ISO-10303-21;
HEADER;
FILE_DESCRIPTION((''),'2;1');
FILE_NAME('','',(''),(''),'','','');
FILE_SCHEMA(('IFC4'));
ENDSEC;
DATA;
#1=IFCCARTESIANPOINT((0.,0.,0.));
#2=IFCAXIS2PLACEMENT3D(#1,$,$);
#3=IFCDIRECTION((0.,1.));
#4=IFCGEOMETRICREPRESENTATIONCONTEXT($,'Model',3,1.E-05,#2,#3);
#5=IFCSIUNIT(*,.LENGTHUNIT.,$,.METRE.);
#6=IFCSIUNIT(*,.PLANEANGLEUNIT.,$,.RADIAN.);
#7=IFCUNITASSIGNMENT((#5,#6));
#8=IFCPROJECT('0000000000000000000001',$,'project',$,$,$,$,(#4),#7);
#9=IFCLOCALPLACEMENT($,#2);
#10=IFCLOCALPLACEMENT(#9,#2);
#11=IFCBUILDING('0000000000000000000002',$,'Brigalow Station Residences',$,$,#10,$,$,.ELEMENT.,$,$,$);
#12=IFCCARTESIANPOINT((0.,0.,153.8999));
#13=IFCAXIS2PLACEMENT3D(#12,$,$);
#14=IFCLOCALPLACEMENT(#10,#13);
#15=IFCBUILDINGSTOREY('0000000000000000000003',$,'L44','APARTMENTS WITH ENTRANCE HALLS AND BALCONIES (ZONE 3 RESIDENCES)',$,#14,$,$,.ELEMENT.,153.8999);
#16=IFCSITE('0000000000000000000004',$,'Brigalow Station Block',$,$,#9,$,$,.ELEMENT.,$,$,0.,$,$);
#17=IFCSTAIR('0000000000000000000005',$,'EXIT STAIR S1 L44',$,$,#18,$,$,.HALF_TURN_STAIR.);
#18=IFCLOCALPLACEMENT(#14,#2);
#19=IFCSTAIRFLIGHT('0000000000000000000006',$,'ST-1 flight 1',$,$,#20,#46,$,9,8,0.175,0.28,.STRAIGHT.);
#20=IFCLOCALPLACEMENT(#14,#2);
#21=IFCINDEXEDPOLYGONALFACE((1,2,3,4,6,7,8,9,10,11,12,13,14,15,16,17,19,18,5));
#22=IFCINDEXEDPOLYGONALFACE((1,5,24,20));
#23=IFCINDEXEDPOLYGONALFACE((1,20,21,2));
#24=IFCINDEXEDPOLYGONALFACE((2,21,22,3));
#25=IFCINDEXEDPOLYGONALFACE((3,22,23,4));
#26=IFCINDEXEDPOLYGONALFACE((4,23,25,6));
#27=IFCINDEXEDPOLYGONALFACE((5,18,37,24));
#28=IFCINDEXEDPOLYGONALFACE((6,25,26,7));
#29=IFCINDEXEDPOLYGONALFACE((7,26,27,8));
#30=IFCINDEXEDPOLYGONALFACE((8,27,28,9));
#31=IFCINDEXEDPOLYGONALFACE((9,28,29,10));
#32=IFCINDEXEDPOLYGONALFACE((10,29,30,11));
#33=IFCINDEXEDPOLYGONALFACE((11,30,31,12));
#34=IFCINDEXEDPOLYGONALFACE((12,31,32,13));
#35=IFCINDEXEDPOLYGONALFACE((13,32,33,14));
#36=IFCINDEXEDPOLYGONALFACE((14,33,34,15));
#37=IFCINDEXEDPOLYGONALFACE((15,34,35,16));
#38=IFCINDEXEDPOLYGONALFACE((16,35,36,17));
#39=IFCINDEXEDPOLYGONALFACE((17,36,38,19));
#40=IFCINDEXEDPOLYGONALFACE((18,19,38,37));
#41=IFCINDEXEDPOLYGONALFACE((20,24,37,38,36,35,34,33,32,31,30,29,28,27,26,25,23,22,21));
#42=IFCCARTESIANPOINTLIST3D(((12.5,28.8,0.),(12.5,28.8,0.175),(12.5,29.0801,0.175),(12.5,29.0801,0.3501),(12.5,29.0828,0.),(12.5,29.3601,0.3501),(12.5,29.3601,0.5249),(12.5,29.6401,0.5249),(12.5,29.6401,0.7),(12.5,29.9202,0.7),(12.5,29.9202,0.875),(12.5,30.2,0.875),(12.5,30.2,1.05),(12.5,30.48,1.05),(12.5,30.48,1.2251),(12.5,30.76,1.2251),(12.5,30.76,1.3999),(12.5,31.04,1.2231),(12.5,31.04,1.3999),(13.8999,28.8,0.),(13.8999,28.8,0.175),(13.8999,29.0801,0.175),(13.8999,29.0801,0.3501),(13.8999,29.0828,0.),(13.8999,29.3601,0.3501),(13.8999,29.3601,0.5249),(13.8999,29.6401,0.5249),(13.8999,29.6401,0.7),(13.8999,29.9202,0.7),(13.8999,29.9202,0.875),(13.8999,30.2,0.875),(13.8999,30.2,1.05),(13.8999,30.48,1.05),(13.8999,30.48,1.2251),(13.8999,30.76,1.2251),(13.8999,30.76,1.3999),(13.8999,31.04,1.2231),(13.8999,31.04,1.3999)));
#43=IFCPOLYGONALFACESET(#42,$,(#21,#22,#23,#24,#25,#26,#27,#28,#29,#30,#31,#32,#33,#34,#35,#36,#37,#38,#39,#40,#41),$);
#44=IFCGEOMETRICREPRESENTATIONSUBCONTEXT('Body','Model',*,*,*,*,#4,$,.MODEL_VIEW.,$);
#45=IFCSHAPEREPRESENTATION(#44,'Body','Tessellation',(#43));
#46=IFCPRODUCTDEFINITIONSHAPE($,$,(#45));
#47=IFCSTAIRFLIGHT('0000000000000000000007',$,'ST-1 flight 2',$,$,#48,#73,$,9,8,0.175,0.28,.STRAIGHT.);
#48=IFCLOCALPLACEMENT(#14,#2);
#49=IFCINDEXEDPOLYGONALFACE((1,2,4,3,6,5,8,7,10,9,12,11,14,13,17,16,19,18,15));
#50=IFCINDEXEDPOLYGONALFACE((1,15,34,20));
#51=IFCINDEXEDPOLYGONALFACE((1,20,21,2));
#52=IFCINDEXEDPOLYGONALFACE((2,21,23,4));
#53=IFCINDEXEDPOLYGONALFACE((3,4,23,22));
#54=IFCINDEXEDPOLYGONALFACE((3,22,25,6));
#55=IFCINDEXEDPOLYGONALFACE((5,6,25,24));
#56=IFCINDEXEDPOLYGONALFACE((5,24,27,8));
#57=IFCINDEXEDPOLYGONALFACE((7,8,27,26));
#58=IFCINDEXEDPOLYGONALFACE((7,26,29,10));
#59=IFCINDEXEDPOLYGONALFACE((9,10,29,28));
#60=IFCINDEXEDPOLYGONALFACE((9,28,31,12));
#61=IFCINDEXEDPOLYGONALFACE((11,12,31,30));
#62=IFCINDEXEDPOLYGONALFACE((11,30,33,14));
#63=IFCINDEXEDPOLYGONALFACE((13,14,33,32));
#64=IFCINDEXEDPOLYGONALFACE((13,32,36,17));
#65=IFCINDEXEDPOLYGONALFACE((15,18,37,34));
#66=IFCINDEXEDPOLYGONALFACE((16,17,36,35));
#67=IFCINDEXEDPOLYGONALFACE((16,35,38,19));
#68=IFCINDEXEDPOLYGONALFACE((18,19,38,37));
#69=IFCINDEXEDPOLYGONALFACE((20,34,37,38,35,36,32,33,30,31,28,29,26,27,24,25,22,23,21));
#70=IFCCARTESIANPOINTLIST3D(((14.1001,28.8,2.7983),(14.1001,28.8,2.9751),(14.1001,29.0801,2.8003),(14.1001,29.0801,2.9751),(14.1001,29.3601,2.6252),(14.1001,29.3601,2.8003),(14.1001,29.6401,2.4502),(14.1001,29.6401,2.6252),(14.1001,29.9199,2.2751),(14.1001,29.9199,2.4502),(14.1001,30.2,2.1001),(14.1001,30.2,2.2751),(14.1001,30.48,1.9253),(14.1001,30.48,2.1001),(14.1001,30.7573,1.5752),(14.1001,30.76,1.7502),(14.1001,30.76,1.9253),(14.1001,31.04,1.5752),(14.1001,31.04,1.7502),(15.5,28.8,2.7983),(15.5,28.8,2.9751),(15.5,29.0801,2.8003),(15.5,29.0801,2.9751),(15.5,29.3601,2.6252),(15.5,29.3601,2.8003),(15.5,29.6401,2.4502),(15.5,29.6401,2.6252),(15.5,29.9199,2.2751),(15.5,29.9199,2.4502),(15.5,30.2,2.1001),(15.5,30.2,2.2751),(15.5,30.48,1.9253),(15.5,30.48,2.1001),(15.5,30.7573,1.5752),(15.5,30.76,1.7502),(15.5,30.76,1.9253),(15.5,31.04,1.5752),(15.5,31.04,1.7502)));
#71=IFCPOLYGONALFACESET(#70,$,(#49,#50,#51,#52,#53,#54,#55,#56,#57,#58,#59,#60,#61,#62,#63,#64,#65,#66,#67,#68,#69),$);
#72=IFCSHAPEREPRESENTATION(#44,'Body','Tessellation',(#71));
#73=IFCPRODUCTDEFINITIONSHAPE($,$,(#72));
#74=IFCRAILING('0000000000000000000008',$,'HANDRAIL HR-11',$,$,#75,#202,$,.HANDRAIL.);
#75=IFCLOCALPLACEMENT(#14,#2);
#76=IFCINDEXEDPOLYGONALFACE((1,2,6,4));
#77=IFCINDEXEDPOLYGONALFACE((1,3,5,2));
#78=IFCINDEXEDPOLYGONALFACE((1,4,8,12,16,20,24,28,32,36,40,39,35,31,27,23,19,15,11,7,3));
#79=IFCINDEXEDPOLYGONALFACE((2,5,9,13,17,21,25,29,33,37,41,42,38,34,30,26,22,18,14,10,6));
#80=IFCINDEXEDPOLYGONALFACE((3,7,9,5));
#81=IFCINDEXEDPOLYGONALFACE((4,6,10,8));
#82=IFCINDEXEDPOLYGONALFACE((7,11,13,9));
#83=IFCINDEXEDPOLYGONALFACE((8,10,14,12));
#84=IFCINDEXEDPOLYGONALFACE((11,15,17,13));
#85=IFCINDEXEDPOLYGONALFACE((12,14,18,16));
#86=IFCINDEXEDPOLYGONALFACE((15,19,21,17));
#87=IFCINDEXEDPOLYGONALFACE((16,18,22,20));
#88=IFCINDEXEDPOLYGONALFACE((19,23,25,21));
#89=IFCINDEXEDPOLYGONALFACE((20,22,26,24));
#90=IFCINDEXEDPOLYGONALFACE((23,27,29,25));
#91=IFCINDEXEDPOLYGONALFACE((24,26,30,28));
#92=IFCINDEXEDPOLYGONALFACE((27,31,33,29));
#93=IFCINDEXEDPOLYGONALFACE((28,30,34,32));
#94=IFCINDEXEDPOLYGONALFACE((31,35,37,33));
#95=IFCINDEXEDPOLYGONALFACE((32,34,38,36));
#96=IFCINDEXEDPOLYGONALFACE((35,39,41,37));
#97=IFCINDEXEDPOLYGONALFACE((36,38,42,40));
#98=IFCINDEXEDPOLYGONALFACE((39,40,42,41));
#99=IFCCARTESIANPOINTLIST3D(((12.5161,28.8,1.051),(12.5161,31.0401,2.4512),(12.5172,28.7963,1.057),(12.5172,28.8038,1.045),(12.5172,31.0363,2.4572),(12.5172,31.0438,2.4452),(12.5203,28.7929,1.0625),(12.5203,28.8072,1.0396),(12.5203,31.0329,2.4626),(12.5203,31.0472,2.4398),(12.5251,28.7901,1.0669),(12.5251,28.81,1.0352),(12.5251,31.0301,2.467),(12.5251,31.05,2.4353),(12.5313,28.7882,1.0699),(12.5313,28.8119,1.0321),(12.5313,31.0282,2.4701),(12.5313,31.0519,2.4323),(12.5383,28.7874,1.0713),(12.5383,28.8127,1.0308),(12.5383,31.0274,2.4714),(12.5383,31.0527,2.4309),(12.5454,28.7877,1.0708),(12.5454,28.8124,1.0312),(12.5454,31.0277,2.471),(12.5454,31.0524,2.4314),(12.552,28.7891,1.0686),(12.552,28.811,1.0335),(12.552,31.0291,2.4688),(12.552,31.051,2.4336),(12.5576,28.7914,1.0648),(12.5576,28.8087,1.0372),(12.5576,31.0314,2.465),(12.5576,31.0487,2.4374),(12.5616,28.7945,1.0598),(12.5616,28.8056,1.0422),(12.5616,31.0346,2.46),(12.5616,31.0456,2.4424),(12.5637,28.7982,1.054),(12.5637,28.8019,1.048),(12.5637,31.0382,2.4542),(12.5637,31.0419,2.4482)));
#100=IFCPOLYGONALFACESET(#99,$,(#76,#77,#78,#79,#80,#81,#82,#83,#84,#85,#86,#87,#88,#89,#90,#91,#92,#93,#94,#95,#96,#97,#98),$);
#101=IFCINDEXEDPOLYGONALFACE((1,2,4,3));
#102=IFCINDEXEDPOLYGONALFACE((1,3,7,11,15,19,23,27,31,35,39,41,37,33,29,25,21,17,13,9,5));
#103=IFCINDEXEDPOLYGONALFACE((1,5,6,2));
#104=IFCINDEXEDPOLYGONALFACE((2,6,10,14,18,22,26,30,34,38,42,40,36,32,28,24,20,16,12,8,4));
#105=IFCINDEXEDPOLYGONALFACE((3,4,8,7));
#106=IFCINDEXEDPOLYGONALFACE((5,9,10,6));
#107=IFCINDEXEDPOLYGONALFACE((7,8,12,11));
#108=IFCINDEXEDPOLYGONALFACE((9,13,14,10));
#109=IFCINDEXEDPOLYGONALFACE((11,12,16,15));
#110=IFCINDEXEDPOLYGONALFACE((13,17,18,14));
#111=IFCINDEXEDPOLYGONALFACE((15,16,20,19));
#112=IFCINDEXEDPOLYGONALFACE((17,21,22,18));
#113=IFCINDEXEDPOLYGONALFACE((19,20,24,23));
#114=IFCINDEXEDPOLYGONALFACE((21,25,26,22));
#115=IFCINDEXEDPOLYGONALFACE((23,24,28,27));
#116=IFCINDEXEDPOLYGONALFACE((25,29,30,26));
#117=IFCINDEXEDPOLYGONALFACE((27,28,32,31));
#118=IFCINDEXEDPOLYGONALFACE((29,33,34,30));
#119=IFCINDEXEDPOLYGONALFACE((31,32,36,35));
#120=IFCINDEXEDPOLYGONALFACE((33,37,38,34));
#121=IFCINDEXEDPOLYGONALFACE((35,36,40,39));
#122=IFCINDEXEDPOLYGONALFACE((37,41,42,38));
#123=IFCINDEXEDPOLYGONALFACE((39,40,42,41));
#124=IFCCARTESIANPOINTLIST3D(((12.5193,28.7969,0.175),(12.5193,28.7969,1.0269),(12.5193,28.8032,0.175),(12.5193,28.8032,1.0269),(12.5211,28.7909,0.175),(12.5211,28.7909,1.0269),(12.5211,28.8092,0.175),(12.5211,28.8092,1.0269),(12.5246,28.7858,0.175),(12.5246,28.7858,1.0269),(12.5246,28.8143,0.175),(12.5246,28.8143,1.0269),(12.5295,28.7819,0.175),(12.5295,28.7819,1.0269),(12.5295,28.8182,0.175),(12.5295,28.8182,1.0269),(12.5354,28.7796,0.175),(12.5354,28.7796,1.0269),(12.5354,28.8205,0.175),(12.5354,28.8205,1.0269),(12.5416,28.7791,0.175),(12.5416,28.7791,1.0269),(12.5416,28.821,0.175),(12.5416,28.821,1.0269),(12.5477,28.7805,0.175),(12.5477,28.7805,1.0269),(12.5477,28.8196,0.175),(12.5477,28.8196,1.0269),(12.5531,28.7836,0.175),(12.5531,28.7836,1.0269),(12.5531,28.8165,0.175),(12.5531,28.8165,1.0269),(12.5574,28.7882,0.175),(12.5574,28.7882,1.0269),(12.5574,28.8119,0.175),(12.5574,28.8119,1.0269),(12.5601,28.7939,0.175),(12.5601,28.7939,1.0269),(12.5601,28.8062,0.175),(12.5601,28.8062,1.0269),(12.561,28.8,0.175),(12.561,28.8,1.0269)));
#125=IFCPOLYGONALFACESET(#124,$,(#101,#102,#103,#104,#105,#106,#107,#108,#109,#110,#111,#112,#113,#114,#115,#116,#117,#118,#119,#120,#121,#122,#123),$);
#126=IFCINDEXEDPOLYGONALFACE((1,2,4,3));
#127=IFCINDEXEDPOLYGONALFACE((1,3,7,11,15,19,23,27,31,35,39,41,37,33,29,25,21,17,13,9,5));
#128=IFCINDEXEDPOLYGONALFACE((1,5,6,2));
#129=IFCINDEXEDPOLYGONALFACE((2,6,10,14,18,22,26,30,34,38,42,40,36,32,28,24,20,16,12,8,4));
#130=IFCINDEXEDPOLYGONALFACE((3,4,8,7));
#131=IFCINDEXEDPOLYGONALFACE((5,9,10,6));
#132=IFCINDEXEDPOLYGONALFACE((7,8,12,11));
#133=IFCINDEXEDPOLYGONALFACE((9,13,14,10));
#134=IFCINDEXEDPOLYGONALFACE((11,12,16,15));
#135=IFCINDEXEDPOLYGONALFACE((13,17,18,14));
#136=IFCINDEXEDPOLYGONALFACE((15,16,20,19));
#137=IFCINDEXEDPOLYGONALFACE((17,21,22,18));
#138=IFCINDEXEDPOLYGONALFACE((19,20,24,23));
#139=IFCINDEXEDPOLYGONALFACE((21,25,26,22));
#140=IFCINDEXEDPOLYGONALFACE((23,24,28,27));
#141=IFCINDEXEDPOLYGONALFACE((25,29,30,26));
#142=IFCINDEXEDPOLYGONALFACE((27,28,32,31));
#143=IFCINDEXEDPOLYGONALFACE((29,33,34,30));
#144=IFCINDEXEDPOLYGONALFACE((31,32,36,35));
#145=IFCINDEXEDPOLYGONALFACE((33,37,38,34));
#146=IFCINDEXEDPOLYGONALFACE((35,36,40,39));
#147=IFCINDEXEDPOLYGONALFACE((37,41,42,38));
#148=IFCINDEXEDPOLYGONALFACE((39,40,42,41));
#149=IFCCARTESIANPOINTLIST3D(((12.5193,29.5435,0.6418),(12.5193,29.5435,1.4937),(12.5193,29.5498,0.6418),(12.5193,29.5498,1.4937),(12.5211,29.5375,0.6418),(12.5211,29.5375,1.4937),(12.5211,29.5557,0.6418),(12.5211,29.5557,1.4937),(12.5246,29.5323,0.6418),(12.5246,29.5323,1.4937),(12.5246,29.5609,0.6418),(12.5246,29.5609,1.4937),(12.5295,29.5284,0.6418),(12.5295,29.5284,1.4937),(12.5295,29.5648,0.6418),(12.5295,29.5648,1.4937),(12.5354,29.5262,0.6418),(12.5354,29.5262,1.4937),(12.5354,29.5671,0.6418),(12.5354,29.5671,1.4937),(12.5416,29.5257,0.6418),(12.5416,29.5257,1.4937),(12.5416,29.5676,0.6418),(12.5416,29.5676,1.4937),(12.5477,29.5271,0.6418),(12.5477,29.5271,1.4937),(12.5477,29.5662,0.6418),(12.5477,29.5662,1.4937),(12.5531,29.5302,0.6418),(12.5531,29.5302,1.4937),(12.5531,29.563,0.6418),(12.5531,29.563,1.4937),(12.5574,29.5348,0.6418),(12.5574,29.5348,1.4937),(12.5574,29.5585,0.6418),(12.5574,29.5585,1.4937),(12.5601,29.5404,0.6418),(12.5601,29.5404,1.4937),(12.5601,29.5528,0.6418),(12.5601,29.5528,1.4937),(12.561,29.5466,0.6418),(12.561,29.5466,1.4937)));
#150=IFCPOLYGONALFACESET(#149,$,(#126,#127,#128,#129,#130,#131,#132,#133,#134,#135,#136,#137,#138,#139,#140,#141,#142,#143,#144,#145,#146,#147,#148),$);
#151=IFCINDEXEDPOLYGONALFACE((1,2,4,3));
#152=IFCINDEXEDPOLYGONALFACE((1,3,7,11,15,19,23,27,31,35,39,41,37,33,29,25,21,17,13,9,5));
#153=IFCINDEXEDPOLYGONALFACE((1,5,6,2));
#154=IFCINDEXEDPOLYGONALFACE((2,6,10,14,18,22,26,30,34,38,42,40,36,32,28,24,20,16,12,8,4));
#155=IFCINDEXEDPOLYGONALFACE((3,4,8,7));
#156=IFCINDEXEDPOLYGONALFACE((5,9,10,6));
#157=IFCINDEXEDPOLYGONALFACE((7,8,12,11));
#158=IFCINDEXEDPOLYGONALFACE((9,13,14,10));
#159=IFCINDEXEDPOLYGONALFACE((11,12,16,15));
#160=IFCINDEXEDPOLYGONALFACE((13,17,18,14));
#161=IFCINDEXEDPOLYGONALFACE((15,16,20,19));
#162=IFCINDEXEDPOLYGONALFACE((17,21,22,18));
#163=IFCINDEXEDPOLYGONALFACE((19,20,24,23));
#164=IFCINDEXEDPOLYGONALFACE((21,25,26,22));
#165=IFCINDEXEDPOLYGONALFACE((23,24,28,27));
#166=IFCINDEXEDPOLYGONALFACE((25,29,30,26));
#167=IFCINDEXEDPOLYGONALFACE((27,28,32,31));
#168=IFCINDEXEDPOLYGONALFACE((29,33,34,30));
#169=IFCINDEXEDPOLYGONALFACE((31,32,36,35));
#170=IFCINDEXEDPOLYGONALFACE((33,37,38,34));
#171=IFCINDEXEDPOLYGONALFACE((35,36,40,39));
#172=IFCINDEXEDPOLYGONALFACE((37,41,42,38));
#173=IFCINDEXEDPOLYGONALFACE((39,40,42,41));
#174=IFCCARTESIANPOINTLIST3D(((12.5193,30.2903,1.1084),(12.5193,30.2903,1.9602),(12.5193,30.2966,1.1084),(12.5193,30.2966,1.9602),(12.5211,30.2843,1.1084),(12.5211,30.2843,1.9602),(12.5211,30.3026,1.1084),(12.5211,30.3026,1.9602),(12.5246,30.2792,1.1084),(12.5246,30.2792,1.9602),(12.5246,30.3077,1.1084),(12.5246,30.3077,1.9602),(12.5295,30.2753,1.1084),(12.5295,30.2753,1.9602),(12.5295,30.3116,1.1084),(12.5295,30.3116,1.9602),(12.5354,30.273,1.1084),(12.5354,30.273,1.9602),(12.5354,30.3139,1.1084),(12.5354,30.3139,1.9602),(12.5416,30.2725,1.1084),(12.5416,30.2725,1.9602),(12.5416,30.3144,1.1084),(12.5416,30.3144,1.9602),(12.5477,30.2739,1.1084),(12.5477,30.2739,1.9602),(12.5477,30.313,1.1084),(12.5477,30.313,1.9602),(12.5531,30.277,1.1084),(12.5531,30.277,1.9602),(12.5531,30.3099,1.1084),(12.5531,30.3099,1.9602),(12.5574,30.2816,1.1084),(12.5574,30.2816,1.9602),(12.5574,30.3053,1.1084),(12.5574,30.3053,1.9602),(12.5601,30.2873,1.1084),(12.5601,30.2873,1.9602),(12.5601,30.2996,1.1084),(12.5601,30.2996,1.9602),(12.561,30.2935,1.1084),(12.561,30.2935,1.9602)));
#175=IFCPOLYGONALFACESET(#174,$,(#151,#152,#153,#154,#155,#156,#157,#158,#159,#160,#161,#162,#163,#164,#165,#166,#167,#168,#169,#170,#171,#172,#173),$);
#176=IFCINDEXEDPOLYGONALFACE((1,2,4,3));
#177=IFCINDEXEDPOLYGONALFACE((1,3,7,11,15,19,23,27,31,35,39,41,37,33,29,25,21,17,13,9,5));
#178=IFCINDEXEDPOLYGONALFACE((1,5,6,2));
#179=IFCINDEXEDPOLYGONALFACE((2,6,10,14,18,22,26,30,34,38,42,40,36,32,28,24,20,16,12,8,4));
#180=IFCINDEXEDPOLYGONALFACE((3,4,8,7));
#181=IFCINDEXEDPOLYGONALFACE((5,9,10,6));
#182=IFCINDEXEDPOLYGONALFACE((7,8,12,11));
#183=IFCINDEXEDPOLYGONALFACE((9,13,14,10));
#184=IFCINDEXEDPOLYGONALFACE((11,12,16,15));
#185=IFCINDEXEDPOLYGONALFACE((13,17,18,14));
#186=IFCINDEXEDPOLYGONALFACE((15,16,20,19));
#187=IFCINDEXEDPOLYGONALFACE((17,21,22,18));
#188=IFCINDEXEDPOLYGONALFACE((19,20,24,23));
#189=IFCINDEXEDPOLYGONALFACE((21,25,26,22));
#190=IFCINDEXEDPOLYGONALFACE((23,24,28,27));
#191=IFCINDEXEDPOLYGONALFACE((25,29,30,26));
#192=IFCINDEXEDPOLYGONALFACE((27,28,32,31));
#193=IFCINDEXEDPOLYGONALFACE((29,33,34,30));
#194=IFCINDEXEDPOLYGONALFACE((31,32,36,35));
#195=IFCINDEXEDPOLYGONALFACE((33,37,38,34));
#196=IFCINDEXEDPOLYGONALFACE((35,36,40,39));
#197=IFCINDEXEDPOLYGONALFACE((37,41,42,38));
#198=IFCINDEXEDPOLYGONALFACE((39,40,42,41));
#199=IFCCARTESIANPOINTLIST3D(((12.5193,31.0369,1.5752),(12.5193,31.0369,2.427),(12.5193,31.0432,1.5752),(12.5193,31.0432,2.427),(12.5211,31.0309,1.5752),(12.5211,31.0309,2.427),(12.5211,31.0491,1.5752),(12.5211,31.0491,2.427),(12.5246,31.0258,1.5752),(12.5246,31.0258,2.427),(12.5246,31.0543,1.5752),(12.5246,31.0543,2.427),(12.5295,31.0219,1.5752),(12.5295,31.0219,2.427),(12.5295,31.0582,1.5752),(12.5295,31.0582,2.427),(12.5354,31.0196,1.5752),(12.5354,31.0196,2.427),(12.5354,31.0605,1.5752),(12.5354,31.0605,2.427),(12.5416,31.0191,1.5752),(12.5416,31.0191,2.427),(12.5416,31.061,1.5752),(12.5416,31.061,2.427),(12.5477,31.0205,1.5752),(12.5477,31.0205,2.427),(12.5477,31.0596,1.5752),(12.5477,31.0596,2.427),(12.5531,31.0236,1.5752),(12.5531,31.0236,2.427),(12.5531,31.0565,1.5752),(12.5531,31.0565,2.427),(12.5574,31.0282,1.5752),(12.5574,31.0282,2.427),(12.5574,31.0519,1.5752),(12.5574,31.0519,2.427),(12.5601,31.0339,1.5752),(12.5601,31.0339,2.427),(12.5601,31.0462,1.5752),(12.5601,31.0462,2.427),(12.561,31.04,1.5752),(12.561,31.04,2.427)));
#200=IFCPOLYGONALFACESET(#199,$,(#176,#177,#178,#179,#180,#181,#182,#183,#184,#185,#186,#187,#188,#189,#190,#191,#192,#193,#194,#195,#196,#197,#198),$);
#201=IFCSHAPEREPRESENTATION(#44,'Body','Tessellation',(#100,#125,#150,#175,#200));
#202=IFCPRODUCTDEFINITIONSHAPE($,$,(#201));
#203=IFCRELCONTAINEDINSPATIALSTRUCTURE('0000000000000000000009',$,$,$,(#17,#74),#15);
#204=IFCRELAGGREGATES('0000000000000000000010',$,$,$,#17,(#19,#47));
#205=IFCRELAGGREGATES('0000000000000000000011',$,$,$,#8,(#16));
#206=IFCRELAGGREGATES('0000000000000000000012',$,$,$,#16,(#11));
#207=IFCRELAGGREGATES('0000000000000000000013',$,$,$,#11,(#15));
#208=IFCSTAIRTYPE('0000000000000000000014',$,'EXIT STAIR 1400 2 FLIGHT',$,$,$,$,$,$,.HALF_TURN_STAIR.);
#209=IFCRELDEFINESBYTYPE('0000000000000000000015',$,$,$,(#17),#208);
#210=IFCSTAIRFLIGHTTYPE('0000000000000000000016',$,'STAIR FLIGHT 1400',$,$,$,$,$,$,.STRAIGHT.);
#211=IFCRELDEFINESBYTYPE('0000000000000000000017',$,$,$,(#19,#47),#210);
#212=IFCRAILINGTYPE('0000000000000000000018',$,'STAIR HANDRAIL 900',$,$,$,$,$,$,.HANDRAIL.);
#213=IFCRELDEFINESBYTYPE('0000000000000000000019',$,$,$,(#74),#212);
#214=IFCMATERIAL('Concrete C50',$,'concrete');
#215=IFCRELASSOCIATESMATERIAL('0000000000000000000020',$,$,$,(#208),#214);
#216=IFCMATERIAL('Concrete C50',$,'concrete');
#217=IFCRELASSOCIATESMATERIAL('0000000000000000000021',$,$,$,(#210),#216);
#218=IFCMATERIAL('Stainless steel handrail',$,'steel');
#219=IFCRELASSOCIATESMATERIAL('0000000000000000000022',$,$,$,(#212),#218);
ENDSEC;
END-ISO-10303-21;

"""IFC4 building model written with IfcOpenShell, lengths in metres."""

from ifc_helpers import new_model, si_unit, direction, frame, origin, origin_2d, place, context, subcontext, project, spatial, polyline, circle, outline, extrude, material, type_object, element, aggregate, save


model = new_model("IFC4")

# Units and contexts
model_context = context("Model", 3, precision=1e-05, world=origin(), true_north=direction((0.0, 1.0)))
body_context = subcontext(model_context, "Body", "Model", "MODEL_VIEW")
ifc_project = project(units=[si_unit("LENGTHUNIT", "METRE"), si_unit("PLANEANGLEUNIT", "RADIAN")], contexts=[model_context])

# Site, building, storey
site_placement = place(None, origin())
site = spatial("IfcSite", under=ifc_project, at=site_placement, Name="Brigalow Station Block", CompositionType="ELEMENT", RefElevation=0.0)
building_placement = place(site_placement, origin())
building = spatial("IfcBuilding", under=site, at=building_placement, Name="Brigalow Station Residences", CompositionType="ELEMENT")
storey_placement = place(building_placement, frame((0.0, 0.0, 153.8999)))
storey = spatial("IfcBuildingStorey", under=building, at=storey_placement, Name="L44", Description="APARTMENTS WITH ENTRANCE HALLS AND BALCONIES (ZONE 3 RESIDENCES)", CompositionType="ELEMENT", Elevation=153.8999)

# Stair, stair flights
ifc_material_1 = material(Name="Concrete C50", Category="concrete")
stair_type = type_object("IfcStairType", Name="EXIT STAIR 1400 2 FLIGHT", PredefinedType="HALF_TURN_STAIR", material=ifc_material_1)
stair_placement = place(storey_placement, origin())
stair = element("IfcStair", 1, at=stair_placement, inside=storey, type_object=stair_type, Name="EXIT STAIR S1 L44", PredefinedType="HALF_TURN_STAIR")
ifc_material_2 = material(Name="Concrete C50", Category="concrete")
stair_flight_type = type_object("IfcStairFlightType", Name="STAIR FLIGHT 1400", PredefinedType="STRAIGHT", material=ifc_material_2)
stair_flight_1_placement = place(storey_placement, frame((13.2, 28.8, 0.0), z_axis=(0.0, 0.0, 1.0), x_axis=(0.0, 1.0, 0.0)))
stair_flight_1 = element("IfcStairFlight", 2, at=stair_flight_1_placement, type_object=stair_flight_type, Name="ST-1 flight 1", NumberOfRisers=9, NumberOfTreads=8, PredefinedType="STRAIGHT", RiserHeight=0.175, TreadLength=0.28, context=body_context, shape_type="SweptSolid", body=[
    extrude(outline(polyline([(0.0, 0.0), (0.0, 0.175), (0.28, 0.175), (0.28, 0.3501), (0.5601, 0.3501), (0.5601, 0.5249), (0.8401, 0.5249), (0.8401, 0.7), (1.1201, 0.7), (1.1201, 0.875), (1.3999, 0.875), (1.3999, 1.05), (1.6799, 1.05), (1.6799, 1.2251), (1.96, 1.2251), (1.96, 1.3999), (2.24, 1.3999), (2.24, 1.575), (2.24, 1.2231), (0.2827, 0.0), (0.0, 0.0)])), frame((0.0, 0.7, 0.0), z_axis=(0.0, -1.0, 0.0), x_axis=(1.0, 0.0, 0.0)), (0.0, 0.0, 1.0), 1.3999),
])
stair_flight_2_placement = place(storey_placement, frame((14.8, 31.04, 1.5752), z_axis=(0.0, 0.0, 1.0), x_axis=(0.0, -1.0, 0.0)))
stair_flight_2 = element("IfcStairFlight", 3, at=stair_flight_2_placement, type_object=stair_flight_type, Name="ST-1 flight 2", NumberOfRisers=9, NumberOfTreads=8, PredefinedType="STRAIGHT", RiserHeight=0.175, TreadLength=0.28, context=body_context, shape_type="SweptSolid", body=[
    extrude(outline(polyline([(0.0, 0.0), (0.0, 0.175), (0.28, 0.175), (0.28, 0.3501), (0.5601, 0.3501), (0.5601, 0.5249), (0.8401, 0.5249), (0.8401, 0.7), (1.1201, 0.7), (1.1201, 0.875), (1.3999, 0.875), (1.3999, 1.05), (1.6799, 1.05), (1.6799, 1.2251), (1.96, 1.2251), (1.96, 1.3999), (2.24, 1.3999), (2.24, 1.575), (2.24, 1.2231), (0.2827, 0.0), (0.0, 0.0)])), frame((0.0, 0.7, 0.0), z_axis=(0.0, -1.0, 0.0), x_axis=(1.0, 0.0, 0.0)), (0.0, 0.0, 1.0), 1.3999),
])
aggregate(stair, [stair_flight_1, stair_flight_2])

# Railing
ifc_material_3 = material(Name="Stainless steel handrail", Category="steel")
railing_type_1 = type_object("IfcRailingType", Name="STAIR HANDRAIL 900", PredefinedType="HANDRAIL", material=ifc_material_3)
railing_1_placement = place(storey_placement, frame((12.54, 28.8, 0.175)))
element("IfcRailing", 4, at=railing_1_placement, inside=storey, type_object=railing_type_1, Name="HANDRAIL HR-11", PredefinedType="HANDRAIL", context=body_context, shape_type="SweptSolid", body=[
    extrude(circle(Radius=0.0239, at=origin_2d()), frame((0.0, 0.0, 0.876), z_axis=(0.0, 0.847972, 0.53004), x_axis=(-1.0, 0.0, 0.0)), (0.0, 0.0, 1.0), 2.6416),
    extrude(circle(Radius=0.021, at=origin_2d()), origin(), (0.0, 0.0, 1.0), 0.8518),
    extrude(circle(Radius=0.021, at=origin_2d()), frame((0.0, 0.7466, 0.4668)), (0.0, 0.0, 1.0), 0.8518),
    extrude(circle(Radius=0.021, at=origin_2d()), frame((0.0, 1.4934, 0.9333)), (0.0, 0.0, 1.0), 0.8518),
    extrude(circle(Radius=0.021, at=origin_2d()), frame((0.0, 2.24, 1.4001)), (0.0, 0.0, 1.0), 0.8518),
])

save(model, "model.ifc")
